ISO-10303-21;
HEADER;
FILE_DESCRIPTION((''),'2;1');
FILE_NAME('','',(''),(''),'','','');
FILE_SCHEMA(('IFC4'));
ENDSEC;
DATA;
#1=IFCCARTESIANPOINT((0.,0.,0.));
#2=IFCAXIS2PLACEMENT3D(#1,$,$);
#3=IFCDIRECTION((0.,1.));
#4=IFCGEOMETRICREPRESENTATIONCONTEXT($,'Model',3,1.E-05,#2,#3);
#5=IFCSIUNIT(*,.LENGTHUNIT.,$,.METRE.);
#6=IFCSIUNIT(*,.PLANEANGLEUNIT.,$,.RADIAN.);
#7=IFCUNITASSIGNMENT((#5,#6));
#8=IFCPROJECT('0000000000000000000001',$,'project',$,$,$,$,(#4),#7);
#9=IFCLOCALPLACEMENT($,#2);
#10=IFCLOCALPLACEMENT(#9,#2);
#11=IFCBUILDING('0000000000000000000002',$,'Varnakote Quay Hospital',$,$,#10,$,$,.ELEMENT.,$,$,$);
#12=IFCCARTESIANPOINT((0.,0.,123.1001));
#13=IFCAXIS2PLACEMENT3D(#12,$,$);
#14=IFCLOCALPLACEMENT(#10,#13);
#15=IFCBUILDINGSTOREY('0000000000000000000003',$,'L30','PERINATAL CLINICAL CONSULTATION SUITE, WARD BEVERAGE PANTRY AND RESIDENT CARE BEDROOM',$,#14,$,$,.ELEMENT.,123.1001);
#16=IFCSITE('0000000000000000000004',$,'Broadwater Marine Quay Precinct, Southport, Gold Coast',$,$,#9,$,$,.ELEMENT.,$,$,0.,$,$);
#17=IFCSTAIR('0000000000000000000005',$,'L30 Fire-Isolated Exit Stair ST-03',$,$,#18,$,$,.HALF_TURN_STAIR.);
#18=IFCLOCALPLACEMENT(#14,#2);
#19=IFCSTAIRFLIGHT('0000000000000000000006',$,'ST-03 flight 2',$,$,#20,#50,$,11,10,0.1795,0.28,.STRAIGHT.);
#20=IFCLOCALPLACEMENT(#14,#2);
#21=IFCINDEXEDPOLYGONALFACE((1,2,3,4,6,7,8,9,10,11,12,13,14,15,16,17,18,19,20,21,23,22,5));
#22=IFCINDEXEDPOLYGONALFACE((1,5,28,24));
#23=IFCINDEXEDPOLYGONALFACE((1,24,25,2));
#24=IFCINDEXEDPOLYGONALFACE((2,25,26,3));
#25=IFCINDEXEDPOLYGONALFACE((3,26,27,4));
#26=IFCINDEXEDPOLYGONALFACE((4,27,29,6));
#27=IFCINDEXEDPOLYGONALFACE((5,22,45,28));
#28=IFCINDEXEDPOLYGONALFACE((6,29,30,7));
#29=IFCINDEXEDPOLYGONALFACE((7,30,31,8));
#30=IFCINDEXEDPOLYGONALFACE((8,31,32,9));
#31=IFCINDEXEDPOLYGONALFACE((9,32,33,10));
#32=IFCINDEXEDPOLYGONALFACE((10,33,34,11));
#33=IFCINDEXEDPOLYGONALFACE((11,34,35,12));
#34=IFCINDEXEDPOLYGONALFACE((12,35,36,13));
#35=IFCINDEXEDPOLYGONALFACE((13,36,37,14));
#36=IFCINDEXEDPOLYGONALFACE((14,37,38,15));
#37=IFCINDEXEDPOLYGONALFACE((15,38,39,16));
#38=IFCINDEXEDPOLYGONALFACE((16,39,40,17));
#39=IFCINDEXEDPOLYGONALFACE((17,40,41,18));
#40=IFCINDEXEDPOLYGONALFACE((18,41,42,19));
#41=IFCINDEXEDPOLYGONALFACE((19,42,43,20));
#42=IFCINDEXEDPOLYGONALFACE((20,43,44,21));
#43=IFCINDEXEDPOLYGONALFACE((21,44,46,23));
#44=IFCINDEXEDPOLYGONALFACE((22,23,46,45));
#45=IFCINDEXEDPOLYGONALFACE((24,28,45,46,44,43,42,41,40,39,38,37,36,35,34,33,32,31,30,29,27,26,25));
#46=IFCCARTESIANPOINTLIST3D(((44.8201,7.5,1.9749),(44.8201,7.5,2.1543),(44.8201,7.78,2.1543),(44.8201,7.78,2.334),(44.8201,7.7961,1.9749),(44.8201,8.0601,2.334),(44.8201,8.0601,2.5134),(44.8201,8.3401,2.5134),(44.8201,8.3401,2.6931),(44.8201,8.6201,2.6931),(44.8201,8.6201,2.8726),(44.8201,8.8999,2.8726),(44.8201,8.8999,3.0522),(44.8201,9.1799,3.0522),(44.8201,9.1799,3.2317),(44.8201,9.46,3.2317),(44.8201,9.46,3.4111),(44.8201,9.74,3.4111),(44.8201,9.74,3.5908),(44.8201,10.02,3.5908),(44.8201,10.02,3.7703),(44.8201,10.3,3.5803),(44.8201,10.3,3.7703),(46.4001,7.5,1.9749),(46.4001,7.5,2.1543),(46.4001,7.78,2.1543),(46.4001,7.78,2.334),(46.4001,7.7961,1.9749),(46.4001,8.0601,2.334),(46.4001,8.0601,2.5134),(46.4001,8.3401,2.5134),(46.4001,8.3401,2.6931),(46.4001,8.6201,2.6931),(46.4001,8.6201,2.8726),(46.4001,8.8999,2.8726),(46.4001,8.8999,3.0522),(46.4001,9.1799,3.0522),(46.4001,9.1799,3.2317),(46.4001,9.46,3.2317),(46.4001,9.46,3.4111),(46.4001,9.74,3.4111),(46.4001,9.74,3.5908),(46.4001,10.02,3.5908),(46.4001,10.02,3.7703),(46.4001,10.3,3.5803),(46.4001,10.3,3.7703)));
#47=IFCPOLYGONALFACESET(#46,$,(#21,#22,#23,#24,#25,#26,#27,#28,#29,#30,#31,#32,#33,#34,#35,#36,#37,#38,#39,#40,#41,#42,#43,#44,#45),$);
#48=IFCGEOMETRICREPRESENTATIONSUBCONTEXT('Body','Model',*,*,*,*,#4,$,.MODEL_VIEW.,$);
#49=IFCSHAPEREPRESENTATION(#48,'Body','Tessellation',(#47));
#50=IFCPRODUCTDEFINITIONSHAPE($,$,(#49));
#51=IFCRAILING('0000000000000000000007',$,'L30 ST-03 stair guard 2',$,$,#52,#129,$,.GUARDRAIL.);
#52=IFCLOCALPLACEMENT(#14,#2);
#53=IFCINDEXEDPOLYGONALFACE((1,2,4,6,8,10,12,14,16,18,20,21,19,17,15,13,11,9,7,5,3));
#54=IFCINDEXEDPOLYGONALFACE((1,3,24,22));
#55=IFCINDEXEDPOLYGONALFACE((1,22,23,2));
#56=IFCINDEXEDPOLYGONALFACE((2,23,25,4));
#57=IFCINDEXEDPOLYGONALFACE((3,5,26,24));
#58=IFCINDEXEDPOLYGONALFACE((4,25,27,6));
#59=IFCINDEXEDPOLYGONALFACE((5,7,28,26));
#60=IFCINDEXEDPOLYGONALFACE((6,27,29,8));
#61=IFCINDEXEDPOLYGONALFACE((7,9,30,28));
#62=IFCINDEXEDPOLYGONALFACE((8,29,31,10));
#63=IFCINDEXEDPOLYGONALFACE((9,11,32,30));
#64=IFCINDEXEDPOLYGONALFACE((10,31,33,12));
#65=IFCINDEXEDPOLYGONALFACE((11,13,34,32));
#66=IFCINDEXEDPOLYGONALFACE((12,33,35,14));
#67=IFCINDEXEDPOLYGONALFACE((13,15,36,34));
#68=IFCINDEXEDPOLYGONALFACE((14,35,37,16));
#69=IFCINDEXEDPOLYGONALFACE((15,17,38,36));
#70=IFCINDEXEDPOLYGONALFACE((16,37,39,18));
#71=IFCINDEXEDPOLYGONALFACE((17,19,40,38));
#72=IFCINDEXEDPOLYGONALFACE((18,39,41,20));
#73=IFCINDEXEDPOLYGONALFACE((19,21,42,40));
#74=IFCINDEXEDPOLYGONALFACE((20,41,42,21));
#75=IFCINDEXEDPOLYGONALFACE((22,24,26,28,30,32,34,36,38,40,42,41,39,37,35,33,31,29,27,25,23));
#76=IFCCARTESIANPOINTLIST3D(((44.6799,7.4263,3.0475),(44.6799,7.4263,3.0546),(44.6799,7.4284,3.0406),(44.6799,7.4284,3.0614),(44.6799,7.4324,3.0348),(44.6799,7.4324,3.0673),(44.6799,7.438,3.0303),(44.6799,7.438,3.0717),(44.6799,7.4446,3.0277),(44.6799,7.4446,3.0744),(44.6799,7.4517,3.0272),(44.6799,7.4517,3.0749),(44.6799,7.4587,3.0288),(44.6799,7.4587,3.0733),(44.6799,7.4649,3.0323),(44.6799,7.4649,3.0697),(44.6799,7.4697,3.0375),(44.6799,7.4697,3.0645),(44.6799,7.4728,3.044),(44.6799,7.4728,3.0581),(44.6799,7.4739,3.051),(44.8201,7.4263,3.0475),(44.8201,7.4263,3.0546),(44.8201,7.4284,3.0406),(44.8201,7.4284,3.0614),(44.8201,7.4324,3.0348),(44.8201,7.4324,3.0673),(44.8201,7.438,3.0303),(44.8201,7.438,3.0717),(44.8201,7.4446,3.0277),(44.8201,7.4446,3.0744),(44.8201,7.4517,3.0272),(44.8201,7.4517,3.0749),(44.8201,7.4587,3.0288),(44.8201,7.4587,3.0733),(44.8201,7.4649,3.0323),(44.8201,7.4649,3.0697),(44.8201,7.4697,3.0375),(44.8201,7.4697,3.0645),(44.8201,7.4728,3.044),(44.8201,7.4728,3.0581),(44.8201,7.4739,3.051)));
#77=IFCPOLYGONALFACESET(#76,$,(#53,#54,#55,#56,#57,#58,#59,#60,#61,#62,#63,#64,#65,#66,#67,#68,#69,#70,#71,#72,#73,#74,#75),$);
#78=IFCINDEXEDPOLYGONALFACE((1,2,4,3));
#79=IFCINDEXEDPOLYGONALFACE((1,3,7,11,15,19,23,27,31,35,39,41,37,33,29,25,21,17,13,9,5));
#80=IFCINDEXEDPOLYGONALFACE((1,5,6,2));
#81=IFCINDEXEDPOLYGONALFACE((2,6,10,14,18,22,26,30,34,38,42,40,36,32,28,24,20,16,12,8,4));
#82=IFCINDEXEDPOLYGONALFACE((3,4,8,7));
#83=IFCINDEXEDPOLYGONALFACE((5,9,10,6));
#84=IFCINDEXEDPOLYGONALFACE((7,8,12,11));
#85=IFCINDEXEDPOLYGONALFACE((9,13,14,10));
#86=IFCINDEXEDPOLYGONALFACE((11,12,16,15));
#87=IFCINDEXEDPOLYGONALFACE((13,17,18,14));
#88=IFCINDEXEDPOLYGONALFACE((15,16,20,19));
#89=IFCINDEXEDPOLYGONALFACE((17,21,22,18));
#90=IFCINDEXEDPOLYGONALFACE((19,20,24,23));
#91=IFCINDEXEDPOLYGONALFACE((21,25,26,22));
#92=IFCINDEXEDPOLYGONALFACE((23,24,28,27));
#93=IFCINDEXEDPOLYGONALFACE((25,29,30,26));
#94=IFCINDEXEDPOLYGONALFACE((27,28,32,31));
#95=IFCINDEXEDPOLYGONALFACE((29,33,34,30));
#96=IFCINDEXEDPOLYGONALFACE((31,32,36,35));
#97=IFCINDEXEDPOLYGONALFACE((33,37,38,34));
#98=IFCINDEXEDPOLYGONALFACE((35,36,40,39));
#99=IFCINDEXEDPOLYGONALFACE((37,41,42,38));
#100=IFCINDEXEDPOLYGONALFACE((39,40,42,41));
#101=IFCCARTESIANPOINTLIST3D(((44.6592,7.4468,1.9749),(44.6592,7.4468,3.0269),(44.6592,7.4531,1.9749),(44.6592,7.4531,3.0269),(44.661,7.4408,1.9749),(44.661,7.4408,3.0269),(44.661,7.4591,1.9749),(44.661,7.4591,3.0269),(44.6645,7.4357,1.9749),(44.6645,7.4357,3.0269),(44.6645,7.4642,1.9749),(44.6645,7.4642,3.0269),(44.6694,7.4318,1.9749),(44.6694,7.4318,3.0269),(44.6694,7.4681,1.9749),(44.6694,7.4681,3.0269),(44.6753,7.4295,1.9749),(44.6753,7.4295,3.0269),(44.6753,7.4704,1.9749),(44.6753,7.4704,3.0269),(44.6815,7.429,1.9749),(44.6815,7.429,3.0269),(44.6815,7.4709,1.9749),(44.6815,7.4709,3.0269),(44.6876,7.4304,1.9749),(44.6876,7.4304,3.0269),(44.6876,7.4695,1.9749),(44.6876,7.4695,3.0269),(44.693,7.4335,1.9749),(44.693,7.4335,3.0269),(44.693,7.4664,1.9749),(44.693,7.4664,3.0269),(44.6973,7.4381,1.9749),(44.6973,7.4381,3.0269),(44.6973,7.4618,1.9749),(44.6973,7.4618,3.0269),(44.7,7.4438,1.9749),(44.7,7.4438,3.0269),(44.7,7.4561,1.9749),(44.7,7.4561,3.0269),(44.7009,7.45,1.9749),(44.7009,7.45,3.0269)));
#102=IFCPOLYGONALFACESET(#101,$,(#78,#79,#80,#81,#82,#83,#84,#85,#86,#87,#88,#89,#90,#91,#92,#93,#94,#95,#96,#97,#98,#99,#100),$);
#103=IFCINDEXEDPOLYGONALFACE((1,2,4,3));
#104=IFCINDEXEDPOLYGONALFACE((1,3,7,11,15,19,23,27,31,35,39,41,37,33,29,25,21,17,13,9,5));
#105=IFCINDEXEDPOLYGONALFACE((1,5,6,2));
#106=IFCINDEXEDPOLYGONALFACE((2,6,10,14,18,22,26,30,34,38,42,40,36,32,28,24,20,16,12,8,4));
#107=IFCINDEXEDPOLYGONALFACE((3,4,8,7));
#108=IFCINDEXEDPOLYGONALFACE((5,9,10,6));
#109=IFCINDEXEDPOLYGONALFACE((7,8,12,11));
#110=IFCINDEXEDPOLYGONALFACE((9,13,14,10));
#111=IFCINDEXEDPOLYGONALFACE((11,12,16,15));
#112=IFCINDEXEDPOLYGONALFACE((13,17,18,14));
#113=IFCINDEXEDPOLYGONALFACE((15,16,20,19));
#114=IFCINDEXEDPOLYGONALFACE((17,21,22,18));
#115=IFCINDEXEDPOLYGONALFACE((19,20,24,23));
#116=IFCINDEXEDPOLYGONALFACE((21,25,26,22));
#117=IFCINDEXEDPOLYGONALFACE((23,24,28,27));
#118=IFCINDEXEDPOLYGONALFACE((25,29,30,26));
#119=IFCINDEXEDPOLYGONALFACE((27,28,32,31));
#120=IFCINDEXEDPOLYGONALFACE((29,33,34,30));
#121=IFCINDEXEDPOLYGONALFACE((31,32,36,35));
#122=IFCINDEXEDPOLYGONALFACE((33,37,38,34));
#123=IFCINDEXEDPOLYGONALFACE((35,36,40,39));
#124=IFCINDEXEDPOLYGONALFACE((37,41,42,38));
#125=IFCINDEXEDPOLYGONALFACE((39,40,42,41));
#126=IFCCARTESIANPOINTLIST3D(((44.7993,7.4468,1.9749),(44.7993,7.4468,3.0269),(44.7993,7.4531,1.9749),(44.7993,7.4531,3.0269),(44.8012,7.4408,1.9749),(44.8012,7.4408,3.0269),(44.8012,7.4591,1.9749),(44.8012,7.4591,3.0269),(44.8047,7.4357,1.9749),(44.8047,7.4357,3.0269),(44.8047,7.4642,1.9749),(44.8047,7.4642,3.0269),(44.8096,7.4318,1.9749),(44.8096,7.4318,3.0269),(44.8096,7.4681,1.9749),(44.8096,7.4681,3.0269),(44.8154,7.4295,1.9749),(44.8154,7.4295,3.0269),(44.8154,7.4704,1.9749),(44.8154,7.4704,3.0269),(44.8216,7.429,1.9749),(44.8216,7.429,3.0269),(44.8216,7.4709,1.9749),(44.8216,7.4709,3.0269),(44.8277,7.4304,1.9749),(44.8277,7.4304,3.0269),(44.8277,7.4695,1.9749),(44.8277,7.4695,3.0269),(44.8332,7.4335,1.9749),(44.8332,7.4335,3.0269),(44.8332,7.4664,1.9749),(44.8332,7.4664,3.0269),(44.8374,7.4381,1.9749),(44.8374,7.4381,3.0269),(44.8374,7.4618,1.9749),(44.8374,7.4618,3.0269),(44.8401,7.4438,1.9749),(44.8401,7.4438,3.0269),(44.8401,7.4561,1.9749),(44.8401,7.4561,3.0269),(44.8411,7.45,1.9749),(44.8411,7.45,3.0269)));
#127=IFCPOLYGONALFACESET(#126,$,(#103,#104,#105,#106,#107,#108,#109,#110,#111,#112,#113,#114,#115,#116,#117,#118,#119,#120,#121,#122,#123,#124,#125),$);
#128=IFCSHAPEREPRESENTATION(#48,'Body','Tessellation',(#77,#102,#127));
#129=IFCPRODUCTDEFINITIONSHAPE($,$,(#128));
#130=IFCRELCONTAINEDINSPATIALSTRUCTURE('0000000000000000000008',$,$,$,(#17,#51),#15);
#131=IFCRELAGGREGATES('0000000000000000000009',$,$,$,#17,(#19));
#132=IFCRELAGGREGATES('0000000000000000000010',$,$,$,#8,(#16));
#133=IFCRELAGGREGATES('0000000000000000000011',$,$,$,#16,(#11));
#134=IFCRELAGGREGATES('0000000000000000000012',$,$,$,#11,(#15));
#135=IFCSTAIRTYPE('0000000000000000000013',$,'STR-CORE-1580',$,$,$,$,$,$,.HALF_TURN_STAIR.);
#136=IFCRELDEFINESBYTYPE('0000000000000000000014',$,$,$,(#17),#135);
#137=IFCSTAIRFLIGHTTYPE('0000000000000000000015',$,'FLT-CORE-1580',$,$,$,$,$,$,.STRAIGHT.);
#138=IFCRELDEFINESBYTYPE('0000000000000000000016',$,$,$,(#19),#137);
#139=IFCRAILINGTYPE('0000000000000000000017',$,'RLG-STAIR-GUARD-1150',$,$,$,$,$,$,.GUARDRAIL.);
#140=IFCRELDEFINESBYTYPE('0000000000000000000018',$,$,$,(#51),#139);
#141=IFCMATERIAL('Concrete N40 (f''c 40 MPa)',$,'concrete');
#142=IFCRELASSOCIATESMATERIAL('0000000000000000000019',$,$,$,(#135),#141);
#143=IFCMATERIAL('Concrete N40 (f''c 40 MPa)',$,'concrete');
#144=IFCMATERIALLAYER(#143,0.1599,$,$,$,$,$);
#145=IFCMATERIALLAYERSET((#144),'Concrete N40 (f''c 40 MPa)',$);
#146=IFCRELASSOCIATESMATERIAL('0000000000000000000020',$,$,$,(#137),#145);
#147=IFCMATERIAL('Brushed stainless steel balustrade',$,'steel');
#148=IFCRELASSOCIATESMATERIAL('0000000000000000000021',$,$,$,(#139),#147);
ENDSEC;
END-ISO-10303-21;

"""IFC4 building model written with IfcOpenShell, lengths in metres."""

from ifc_helpers import new_model, si_unit, direction, frame, origin, origin_2d, place, context, subcontext, project, spatial, polyline, circle, outline, extrude, material, layer, layer_set, type_object, element, aggregate, save


model = new_model("IFC4")

# Units and contexts
model_context = context("Model", 3, precision=1e-05, world=origin(), true_north=direction((0.0, 1.0)))
body_context = subcontext(model_context, "Body", "Model", "MODEL_VIEW")
ifc_project = project(units=[si_unit("LENGTHUNIT", "METRE"), si_unit("PLANEANGLEUNIT", "RADIAN")], contexts=[model_context])

# Site, building, storey
site_placement = place(None, origin())
site = spatial("IfcSite", under=ifc_project, at=site_placement, Name="Broadwater Marine Quay Precinct, Southport, Gold Coast", CompositionType="ELEMENT", RefElevation=0.0)
building_placement = place(site_placement, origin())
building = spatial("IfcBuilding", under=site, at=building_placement, Name="Varnakote Quay Hospital", CompositionType="ELEMENT")
storey_placement = place(building_placement, frame((0.0, 0.0, 123.1001)))
storey = spatial("IfcBuildingStorey", under=building, at=storey_placement, Name="L30", Description="PERINATAL CLINICAL CONSULTATION SUITE, WARD BEVERAGE PANTRY AND RESIDENT CARE BEDROOM", CompositionType="ELEMENT", Elevation=123.1001)

# Stair, stair flight
ifc_material_1 = material(Name="Concrete N40 (f'c 40 MPa)", Category="concrete")
stair_type = type_object("IfcStairType", Name="STR-CORE-1580", PredefinedType="HALF_TURN_STAIR", material=ifc_material_1)
stair_placement = place(storey_placement, origin())
stair = element("IfcStair", 1, at=stair_placement, inside=storey, type_object=stair_type, Name="L30 Fire-Isolated Exit Stair ST-03", PredefinedType="HALF_TURN_STAIR")
ifc_material_2 = material(Name="Concrete N40 (f'c 40 MPa)", Category="concrete")
ifc_layer_1 = layer(ifc_material_2, 0.1599)
ifc_layer_set_1 = layer_set([ifc_layer_1], Name="Concrete N40 (f'c 40 MPa)")
stair_flight_type = type_object("IfcStairFlightType", Name="FLT-CORE-1580", PredefinedType="STRAIGHT", material=ifc_layer_set_1)
stair_flight_placement = place(storey_placement, frame((45.6101, 7.5, 1.9749), z_axis=(0.0, 0.0, 1.0), x_axis=(0.0, 1.0, 0.0)))
stair_flight = element("IfcStairFlight", 2, at=stair_flight_placement, type_object=stair_flight_type, Name="ST-03 flight 2", NumberOfRisers=11, NumberOfTreads=10, PredefinedType="STRAIGHT", RiserHeight=0.1795, TreadLength=0.28, context=body_context, shape_type="SweptSolid", body=[
    extrude(outline(polyline([(0.0, 0.0), (0.0, 0.1794), (0.28, 0.1794), (0.28, 0.3591), (0.5601, 0.3591), (0.5601, 0.5386), (0.8401, 0.5386), (0.8401, 0.7183), (1.1201, 0.7183), (1.1201, 0.8977), (1.3999, 0.8977), (1.3999, 1.0774), (1.6799, 1.0774), (1.6799, 1.2568), (1.96, 1.2568), (1.96, 1.4363), (2.24, 1.4363), (2.24, 1.616), (2.52, 1.616), (2.52, 1.7954), (2.8, 1.7954), (2.8, 1.9751), (2.8, 1.6055), (0.2961, 0.0), (0.0, 0.0)])), frame((0.0, 0.79, 0.0), z_axis=(0.0, -1.0, 0.0), x_axis=(1.0, 0.0, 0.0)), (0.0, 0.0, 1.0), 1.5801),
])
aggregate(stair, [stair_flight])

# Railing
ifc_material_3 = material(Name="Brushed stainless steel balustrade", Category="steel")
railing_type_1 = type_object("IfcRailingType", Name="RLG-STAIR-GUARD-1150", PredefinedType="GUARDRAIL", material=ifc_material_3)
railing_1_placement = place(storey_placement, frame((44.6799, 7.45, 1.9749)))
element("IfcRailing", 3, at=railing_1_placement, inside=storey, type_object=railing_type_1, Name="L30 ST-03 stair guard 2", PredefinedType="GUARDRAIL", context=body_context, shape_type="SweptSolid", body=[
    extrude(circle(Radius=0.0239, at=origin_2d()), frame((0.0, 0.0, 1.0762), z_axis=(1.0, 0.0, 0.0), x_axis=(0.0, 1.0, 0.0)), (0.0, 0.0, 1.0), 0.1401),
    extrude(circle(Radius=0.021, at=origin_2d()), origin(), (0.0, 0.0, 1.0), 1.052),
    extrude(circle(Radius=0.021, at=origin_2d()), frame((0.1401, 0.0, 0.0)), (0.0, 0.0, 1.0), 1.052),
])

save(model, "model.ifc")
